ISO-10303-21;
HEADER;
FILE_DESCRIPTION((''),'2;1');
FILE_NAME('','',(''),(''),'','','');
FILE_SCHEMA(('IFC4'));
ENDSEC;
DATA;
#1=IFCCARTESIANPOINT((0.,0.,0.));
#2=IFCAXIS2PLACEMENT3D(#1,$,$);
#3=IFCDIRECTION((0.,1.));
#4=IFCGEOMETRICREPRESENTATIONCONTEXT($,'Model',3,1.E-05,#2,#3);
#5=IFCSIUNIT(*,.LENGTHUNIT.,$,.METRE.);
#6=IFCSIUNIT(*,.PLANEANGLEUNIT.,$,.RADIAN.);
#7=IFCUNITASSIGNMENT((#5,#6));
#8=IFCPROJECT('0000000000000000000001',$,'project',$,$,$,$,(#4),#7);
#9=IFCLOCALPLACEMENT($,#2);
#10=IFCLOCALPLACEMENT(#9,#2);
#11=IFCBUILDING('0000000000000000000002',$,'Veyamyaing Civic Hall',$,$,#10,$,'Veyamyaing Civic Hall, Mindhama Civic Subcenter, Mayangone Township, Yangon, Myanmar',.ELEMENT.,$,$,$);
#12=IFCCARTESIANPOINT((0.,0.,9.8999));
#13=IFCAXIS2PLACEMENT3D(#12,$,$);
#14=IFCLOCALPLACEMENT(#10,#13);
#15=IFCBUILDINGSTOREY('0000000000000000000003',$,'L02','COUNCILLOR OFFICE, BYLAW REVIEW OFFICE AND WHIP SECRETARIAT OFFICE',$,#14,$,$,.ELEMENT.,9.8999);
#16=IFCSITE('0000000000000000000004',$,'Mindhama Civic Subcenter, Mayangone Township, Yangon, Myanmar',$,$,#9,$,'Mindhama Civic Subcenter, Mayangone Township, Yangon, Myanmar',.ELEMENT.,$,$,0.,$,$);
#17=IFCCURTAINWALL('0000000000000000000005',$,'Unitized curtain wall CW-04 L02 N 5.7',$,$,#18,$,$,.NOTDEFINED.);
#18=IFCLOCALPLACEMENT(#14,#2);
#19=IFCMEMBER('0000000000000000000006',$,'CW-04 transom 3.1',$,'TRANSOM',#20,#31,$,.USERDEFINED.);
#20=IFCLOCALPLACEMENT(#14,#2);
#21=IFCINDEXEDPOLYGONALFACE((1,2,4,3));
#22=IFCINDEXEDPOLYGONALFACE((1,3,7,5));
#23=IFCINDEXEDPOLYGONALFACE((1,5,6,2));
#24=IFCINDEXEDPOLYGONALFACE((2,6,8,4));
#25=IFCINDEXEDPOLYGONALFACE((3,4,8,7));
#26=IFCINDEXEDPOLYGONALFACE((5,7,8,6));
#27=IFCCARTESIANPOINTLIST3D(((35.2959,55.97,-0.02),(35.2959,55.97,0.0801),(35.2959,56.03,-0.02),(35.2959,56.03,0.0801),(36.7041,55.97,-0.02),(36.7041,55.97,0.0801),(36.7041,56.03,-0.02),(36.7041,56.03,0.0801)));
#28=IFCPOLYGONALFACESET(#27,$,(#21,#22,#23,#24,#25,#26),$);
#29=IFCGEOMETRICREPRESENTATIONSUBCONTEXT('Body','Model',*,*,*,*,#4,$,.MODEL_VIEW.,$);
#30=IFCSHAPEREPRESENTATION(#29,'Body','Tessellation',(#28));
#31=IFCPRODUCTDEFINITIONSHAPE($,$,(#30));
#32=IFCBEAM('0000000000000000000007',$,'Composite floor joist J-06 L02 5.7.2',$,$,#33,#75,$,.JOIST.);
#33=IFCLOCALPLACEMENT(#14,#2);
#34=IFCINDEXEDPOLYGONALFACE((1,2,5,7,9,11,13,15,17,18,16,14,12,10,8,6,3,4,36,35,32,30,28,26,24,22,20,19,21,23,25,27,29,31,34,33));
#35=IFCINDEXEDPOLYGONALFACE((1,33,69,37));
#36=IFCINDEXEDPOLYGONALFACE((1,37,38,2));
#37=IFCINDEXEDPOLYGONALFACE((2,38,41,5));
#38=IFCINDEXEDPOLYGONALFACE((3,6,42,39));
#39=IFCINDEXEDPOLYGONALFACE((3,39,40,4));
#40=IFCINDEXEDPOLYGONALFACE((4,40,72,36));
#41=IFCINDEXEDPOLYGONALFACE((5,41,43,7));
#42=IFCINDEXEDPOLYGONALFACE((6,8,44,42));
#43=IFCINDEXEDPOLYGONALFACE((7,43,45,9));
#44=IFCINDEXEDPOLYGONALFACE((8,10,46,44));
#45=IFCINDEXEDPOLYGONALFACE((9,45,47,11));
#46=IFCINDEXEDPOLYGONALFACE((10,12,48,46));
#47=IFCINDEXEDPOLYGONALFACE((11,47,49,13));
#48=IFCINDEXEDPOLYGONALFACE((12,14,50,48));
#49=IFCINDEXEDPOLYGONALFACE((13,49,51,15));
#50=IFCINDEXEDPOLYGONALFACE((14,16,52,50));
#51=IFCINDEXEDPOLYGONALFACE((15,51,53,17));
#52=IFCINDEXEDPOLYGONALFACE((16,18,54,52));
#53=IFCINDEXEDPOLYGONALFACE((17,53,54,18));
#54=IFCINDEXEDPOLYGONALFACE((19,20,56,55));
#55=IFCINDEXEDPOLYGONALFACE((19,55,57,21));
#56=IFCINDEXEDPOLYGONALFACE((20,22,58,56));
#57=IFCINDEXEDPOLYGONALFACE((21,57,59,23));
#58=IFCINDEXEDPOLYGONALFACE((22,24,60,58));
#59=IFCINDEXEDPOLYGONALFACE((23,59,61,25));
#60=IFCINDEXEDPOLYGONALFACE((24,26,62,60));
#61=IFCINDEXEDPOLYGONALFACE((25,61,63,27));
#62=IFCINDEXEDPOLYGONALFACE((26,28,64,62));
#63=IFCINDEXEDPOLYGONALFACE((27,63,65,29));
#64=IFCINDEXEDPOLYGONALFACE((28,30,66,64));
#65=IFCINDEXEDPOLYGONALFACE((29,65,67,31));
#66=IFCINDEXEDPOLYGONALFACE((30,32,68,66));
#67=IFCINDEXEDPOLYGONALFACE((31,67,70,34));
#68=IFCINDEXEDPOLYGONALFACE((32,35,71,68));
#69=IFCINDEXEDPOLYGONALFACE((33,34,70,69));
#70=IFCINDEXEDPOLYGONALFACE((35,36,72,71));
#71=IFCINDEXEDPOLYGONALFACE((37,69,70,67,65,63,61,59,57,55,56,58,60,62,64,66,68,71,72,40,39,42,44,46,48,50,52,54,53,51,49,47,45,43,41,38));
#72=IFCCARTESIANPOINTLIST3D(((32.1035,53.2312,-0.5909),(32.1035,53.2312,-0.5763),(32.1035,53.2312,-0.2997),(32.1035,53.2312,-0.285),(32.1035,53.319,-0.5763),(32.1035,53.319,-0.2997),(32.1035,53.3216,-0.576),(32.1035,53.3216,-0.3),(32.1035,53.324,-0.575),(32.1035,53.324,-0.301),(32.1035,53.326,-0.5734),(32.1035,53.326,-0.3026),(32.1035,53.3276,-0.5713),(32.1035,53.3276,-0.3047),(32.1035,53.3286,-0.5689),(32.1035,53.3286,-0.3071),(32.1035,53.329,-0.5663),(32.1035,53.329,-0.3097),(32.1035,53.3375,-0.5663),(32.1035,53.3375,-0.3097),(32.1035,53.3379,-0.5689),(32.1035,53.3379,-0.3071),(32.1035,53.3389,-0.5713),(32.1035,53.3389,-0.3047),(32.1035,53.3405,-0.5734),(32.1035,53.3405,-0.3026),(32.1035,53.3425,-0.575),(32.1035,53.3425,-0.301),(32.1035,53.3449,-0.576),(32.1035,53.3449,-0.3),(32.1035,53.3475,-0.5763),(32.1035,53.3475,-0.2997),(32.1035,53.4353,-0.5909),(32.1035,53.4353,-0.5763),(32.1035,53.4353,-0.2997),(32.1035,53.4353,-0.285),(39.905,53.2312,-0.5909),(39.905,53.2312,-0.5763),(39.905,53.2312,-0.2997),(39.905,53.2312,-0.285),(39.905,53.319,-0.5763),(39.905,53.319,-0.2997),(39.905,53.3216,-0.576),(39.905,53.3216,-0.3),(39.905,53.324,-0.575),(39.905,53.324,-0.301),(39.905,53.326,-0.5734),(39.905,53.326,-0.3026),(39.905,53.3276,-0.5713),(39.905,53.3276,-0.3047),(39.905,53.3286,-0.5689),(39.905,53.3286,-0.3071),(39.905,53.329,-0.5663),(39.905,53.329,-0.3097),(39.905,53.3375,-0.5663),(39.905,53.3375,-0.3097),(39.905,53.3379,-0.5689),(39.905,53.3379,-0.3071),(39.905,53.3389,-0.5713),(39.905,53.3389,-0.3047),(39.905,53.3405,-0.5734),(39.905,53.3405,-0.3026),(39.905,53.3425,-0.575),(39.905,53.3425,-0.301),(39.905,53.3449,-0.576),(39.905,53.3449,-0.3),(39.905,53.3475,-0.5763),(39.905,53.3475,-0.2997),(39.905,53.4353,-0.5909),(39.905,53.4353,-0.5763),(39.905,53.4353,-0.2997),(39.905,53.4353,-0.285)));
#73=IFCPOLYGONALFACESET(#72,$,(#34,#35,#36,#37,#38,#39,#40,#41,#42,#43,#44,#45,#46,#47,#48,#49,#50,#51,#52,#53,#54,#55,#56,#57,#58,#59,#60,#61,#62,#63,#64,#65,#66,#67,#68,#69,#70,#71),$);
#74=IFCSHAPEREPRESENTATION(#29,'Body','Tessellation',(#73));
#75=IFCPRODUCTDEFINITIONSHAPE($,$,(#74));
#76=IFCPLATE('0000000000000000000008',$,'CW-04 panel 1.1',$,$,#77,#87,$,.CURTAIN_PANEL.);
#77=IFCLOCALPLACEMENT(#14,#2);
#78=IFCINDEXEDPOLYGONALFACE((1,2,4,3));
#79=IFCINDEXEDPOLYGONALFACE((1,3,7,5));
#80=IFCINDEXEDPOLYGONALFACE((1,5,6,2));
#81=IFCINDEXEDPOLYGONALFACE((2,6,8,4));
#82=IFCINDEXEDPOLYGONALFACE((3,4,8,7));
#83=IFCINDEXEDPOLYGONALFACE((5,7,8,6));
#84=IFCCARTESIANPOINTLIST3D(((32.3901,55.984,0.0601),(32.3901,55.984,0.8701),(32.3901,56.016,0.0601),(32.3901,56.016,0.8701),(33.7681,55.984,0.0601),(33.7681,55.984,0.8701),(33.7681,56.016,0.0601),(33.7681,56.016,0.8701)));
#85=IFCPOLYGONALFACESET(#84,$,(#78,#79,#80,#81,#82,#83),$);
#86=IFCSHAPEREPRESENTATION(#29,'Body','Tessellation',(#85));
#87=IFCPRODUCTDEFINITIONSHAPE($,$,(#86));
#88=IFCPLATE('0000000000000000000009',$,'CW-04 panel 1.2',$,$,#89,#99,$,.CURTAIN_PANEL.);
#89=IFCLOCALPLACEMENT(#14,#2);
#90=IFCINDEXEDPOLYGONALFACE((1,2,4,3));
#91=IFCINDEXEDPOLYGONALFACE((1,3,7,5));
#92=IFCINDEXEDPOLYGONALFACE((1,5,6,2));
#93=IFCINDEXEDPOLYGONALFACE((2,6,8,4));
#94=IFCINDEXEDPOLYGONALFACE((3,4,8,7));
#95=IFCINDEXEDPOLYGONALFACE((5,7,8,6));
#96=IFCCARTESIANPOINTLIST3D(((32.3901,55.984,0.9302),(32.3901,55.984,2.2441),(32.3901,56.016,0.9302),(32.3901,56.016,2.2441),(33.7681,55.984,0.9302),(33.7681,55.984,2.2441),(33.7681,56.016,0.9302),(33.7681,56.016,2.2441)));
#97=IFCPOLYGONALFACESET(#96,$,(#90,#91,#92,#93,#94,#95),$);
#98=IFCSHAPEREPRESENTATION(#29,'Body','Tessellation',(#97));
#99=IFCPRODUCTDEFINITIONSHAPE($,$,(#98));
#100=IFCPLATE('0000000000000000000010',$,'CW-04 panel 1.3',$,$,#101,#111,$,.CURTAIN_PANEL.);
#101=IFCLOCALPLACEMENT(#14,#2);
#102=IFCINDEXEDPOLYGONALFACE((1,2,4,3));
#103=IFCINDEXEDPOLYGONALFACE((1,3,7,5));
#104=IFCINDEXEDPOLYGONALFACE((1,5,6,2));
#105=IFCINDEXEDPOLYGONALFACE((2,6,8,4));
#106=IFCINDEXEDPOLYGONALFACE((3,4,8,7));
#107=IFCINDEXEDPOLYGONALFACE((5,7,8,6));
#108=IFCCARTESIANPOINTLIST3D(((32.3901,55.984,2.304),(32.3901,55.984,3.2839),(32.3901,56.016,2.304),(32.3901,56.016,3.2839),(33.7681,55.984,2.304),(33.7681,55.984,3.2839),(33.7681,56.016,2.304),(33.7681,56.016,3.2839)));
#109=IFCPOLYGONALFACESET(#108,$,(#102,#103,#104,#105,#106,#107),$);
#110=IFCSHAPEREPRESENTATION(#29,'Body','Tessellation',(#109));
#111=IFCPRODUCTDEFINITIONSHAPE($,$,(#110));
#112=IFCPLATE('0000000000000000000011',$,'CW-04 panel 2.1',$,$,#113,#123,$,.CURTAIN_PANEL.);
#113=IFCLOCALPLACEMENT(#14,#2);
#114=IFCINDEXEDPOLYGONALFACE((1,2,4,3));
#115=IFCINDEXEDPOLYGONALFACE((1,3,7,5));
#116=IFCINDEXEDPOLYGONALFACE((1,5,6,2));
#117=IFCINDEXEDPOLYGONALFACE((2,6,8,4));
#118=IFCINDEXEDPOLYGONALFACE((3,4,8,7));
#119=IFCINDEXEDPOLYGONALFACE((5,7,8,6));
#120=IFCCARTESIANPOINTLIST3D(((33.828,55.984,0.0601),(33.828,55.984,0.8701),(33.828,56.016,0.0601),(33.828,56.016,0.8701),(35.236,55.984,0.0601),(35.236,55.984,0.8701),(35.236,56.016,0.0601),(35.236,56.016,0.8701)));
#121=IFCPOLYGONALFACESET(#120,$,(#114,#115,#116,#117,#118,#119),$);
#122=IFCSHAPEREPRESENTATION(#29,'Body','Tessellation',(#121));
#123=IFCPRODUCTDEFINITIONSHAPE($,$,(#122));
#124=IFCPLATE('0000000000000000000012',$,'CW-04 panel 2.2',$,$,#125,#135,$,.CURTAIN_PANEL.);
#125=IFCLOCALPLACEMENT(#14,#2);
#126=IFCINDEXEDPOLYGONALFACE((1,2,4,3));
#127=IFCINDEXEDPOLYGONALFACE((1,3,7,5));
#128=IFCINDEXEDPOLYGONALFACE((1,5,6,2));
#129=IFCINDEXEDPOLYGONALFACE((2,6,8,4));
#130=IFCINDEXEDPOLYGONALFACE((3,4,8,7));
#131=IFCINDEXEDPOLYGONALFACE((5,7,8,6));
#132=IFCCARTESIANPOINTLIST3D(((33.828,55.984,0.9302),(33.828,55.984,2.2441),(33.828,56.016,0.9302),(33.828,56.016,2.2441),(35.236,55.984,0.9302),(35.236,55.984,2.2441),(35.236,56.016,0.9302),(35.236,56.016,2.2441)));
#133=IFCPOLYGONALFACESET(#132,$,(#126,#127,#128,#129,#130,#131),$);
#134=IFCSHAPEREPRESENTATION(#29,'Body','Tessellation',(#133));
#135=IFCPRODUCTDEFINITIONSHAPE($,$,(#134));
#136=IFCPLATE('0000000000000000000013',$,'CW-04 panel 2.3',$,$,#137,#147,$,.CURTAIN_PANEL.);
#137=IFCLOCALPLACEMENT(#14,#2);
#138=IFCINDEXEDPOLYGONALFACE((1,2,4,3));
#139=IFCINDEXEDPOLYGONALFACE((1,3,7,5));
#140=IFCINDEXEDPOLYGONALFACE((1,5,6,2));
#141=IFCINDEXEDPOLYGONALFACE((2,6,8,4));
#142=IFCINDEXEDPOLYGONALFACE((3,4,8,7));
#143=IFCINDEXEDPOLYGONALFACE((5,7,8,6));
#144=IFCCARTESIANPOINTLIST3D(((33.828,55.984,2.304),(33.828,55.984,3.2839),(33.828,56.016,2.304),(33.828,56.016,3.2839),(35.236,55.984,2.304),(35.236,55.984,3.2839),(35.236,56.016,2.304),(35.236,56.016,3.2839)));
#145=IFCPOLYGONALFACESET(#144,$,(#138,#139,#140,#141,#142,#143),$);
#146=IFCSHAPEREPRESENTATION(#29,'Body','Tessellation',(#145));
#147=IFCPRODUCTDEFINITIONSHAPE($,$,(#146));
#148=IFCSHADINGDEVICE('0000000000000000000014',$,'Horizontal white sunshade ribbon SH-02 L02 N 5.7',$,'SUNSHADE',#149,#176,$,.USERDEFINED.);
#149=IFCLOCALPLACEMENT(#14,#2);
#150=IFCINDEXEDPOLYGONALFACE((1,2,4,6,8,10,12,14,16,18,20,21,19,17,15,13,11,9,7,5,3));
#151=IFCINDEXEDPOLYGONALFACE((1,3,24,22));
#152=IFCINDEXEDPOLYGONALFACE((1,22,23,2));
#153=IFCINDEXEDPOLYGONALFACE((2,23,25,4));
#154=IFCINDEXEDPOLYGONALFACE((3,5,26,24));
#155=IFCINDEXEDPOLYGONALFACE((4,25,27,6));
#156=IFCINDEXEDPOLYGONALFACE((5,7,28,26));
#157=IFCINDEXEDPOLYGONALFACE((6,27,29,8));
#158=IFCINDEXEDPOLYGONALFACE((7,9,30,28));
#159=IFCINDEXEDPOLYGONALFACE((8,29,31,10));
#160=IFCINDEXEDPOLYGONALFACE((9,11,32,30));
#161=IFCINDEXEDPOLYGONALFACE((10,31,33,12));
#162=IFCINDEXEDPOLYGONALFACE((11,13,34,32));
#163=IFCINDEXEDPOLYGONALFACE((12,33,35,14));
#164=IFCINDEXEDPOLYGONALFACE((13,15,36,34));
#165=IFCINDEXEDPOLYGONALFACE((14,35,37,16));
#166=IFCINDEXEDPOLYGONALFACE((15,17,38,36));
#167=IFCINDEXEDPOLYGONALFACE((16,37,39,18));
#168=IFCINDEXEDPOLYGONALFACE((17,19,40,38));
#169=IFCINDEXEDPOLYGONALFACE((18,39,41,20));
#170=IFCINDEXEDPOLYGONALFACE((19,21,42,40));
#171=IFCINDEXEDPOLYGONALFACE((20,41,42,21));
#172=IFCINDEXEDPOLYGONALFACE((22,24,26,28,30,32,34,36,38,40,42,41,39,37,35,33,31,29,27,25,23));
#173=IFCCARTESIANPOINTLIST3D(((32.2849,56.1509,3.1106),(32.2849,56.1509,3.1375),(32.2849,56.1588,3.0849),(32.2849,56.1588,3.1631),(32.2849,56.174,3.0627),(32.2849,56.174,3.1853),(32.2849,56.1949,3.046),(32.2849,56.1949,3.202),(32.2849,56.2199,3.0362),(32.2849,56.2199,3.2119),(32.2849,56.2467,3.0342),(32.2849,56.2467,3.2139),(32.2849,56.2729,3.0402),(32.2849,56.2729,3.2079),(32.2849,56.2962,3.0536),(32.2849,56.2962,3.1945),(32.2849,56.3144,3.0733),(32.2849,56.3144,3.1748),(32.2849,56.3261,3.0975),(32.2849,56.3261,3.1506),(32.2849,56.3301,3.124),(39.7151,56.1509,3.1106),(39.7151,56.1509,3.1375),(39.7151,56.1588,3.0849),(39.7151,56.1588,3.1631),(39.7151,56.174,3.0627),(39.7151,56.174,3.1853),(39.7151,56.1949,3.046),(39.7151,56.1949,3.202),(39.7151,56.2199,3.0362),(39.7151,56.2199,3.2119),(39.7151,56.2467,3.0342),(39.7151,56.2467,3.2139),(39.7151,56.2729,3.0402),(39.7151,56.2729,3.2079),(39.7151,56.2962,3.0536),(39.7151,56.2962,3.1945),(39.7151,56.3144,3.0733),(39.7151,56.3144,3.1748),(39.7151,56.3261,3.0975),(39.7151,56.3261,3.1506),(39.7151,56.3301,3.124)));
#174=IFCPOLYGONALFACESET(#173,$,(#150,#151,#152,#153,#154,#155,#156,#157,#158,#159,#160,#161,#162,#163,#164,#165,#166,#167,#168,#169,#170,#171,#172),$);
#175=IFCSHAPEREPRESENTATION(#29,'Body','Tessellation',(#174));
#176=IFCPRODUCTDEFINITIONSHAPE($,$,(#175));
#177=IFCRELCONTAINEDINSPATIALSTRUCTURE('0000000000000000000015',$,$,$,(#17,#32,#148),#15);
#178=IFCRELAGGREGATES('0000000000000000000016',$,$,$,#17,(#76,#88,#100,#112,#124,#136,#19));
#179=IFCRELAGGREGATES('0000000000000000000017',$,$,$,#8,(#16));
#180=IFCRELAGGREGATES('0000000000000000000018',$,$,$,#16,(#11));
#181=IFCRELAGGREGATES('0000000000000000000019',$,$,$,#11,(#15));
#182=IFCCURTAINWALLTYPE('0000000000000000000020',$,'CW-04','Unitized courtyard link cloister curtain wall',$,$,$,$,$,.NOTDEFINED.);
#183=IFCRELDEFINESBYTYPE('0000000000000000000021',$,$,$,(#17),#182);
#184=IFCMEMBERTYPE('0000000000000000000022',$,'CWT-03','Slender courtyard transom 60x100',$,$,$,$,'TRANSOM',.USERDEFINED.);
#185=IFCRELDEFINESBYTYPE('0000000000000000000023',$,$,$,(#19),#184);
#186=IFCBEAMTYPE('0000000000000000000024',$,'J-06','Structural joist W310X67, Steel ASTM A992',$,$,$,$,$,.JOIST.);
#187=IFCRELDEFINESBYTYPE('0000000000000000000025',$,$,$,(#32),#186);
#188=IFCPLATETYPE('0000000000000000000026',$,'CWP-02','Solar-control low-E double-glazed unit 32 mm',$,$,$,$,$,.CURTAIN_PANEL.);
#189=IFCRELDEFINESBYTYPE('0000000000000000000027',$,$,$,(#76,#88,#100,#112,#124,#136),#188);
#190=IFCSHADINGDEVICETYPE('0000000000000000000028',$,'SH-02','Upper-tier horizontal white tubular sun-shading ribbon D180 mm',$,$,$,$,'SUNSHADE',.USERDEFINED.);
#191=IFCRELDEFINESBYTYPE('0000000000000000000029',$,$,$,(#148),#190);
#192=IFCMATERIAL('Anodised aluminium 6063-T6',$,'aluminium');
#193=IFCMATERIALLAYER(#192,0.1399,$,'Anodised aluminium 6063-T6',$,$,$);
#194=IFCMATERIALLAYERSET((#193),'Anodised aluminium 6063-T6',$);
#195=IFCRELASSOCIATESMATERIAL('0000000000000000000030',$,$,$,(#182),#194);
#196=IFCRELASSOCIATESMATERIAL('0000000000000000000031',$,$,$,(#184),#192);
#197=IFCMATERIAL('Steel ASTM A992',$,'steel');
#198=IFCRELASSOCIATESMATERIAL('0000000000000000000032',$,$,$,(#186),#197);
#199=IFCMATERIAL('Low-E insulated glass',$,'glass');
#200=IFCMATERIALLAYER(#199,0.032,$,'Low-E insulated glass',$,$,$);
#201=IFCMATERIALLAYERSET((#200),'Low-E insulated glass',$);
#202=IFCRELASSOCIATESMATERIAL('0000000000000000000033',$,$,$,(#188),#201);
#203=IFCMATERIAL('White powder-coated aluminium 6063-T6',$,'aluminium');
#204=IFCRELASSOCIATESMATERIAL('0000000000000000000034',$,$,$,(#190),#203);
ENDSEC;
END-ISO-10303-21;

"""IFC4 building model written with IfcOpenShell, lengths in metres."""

from ifc_helpers import new_model, si_unit, direction, frame, origin, origin_2d, place, context, subcontext, project, spatial, rectangle, circle, i_section, extrude, material, layer, layer_set, material_profile, profile_set, type_object, element, aggregate, save


model = new_model("IFC4")

# Units and contexts
model_context = context("Model", 3, precision=1e-05, world=origin(), true_north=direction((0.0, 1.0)))
body_context = subcontext(model_context, "Body", "Model", "MODEL_VIEW")
ifc_project = project(units=[si_unit("LENGTHUNIT", "METRE"), si_unit("PLANEANGLEUNIT", "RADIAN")], contexts=[model_context])

# Site, building, storey
site_placement = place(None, origin())
site = spatial("IfcSite", under=ifc_project, at=site_placement, Name="Mindhama Civic Subcenter, Mayangone Township, Yangon, Myanmar", LongName="Mindhama Civic Subcenter, Mayangone Township, Yangon, Myanmar", CompositionType="ELEMENT", RefElevation=0.0)
building_placement = place(site_placement, origin())
building = spatial("IfcBuilding", under=site, at=building_placement, Name="Veyamyaing Civic Hall", LongName="Veyamyaing Civic Hall, Mindhama Civic Subcenter, Mayangone Township, Yangon, Myanmar", CompositionType="ELEMENT")
storey_placement = place(building_placement, frame((0.0, 0.0, 9.8999)))
storey = spatial("IfcBuildingStorey", under=building, at=storey_placement, Name="L02", Description="COUNCILLOR OFFICE, BYLAW REVIEW OFFICE AND WHIP SECRETARIAT OFFICE", CompositionType="ELEMENT", Elevation=9.8999)

# Shared definitions
ifc_material_1 = material(Name="Steel ASTM A992", Category="steel")

# Curtain wall, member
ifc_material_2 = material(Name="Anodised aluminium 6063-T6", Category="aluminium")
ifc_layer_1 = layer(ifc_material_2, 0.1399, Name="Anodised aluminium 6063-T6")
ifc_layer_set_1 = layer_set([ifc_layer_1], Name="Anodised aluminium 6063-T6")
curtain_wall_type = type_object("IfcCurtainWallType", Name="CW-04", Description="Unitized courtyard link cloister curtain wall", PredefinedType="NOTDEFINED", material=ifc_layer_set_1)
curtain_wall_placement = place(storey_placement, origin())
curtain_wall = element("IfcCurtainWall", 1, at=curtain_wall_placement, inside=storey, type_object=curtain_wall_type, Name="Unitized curtain wall CW-04 L02 N 5.7", PredefinedType="NOTDEFINED")
ifc_material_profile_1 = material_profile(ifc_material_2, rectangle(XDim=0.0601, YDim=0.1001, at=origin_2d()), Name="ALU-TRN-60X100")
ifc_profile_set_1 = profile_set([ifc_material_profile_1], Name="Anodised aluminium 6063-T6")
member_type_1 = type_object("IfcMemberType", Name="CWT-03", Description="Slender courtyard transom 60x100", ElementType="TRANSOM", PredefinedType="USERDEFINED", material=ifc_profile_set_1)
member_1_placement = place(storey_placement, frame((35.2959, 56.0, 0.03), z_axis=(1.0, 0.0, 0.0), x_axis=(0.0, 1.0, 0.0)))
member_1 = element("IfcMember", 2, at=member_1_placement, type_object=member_type_1, Name="CW-04 transom 3.1", ObjectType="TRANSOM", PredefinedType="USERDEFINED", context=body_context, shape_type="SweptSolid", body=[
    extrude(rectangle(XDim=0.0601, YDim=0.1001, at=origin_2d()), origin(), (0.0, 0.0, 1.0), 1.4082),
])

# Beam
ifc_material_profile_2 = material_profile(ifc_material_1, i_section(OverallWidth=0.2041, OverallDepth=0.3059, WebThickness=0.0085, FlangeThickness=0.0146, FilletRadius=0.01, at=origin_2d()), Name="W310X67")
ifc_profile_set_2 = profile_set([ifc_material_profile_2], Name="Steel ASTM A992")
beam_type_1 = type_object("IfcBeamType", Name="J-06", Description="Structural joist W310X67, Steel ASTM A992", PredefinedType="JOIST", material=ifc_profile_set_2)
beam_1_placement = place(storey_placement, frame((32.1035, 53.3333, -0.438), z_axis=(1.0, 0.0, 0.0), x_axis=(0.0, 1.0, 0.0)))
element("IfcBeam", 3, at=beam_1_placement, inside=storey, type_object=beam_type_1, Name="Composite floor joist J-06 L02 5.7.2", PredefinedType="JOIST", context=body_context, shape_type="SweptSolid", body=[
    extrude(i_section(OverallWidth=0.2041, OverallDepth=0.3059, WebThickness=0.0085, FlangeThickness=0.0146, FilletRadius=0.01, at=origin_2d()), origin(), (0.0, 0.0, 1.0), 7.8015),
])

# Plates
ifc_material_3 = material(Name="Low-E insulated glass", Category="glass")
ifc_layer_2 = layer(ifc_material_3, 0.032, Name="Low-E insulated glass")
ifc_layer_set_2 = layer_set([ifc_layer_2], Name="Low-E insulated glass")
plate_type = type_object("IfcPlateType", Name="CWP-02", Description="Solar-control low-E double-glazed unit 32 mm", PredefinedType="CURTAIN_PANEL", material=ifc_layer_set_2)
plate_1_placement = place(storey_placement, frame((33.0791, 56.0, 0.0601), z_axis=(0.0, 0.0, 1.0), x_axis=(1.0, 0.0, 0.0)))
plate_1 = element("IfcPlate", 4, at=plate_1_placement, type_object=plate_type, Name="CW-04 panel 1.1", PredefinedType="CURTAIN_PANEL", context=body_context, shape_type="SweptSolid", body=[
    extrude(rectangle(XDim=1.3779, YDim=0.032, at=origin_2d()), origin(), (0.0, 0.0, 1.0), 0.8101),
])
plate_2_placement = place(storey_placement, frame((33.0791, 56.0, 0.9302), z_axis=(0.0, 0.0, 1.0), x_axis=(1.0, 0.0, 0.0)))
plate_2 = element("IfcPlate", 5, at=plate_2_placement, type_object=plate_type, Name="CW-04 panel 1.2", PredefinedType="CURTAIN_PANEL", context=body_context, shape_type="SweptSolid", body=[
    extrude(rectangle(XDim=1.3779, YDim=0.032, at=origin_2d()), origin(), (0.0, 0.0, 1.0), 1.314),
])
plate_3_placement = place(storey_placement, frame((33.0791, 56.0, 2.304), z_axis=(0.0, 0.0, 1.0), x_axis=(1.0, 0.0, 0.0)))
plate_3 = element("IfcPlate", 6, at=plate_3_placement, type_object=plate_type, Name="CW-04 panel 1.3", PredefinedType="CURTAIN_PANEL", context=body_context, shape_type="SweptSolid", body=[
    extrude(rectangle(XDim=1.3779, YDim=0.032, at=origin_2d()), origin(), (0.0, 0.0, 1.0), 0.98),
])
plate_4_placement = place(storey_placement, frame((34.532, 56.0, 0.0601), z_axis=(0.0, 0.0, 1.0), x_axis=(1.0, 0.0, 0.0)))
plate_4 = element("IfcPlate", 7, at=plate_4_placement, type_object=plate_type, Name="CW-04 panel 2.1", PredefinedType="CURTAIN_PANEL", context=body_context, shape_type="SweptSolid", body=[
    extrude(rectangle(XDim=1.408, YDim=0.032, at=origin_2d()), origin(), (0.0, 0.0, 1.0), 0.8101),
])
plate_5_placement = place(storey_placement, frame((34.532, 56.0, 0.9302), z_axis=(0.0, 0.0, 1.0), x_axis=(1.0, 0.0, 0.0)))
plate_5 = element("IfcPlate", 8, at=plate_5_placement, type_object=plate_type, Name="CW-04 panel 2.2", PredefinedType="CURTAIN_PANEL", context=body_context, shape_type="SweptSolid", body=[
    extrude(rectangle(XDim=1.408, YDim=0.032, at=origin_2d()), origin(), (0.0, 0.0, 1.0), 1.314),
])
plate_6_placement = place(storey_placement, frame((34.532, 56.0, 2.304), z_axis=(0.0, 0.0, 1.0), x_axis=(1.0, 0.0, 0.0)))
plate_6 = element("IfcPlate", 9, at=plate_6_placement, type_object=plate_type, Name="CW-04 panel 2.3", PredefinedType="CURTAIN_PANEL", context=body_context, shape_type="SweptSolid", body=[
    extrude(rectangle(XDim=1.408, YDim=0.032, at=origin_2d()), origin(), (0.0, 0.0, 1.0), 0.98),
])
aggregate(curtain_wall, [plate_1, plate_2, plate_3, plate_4, plate_5, plate_6, member_1])

# Shading device
ifc_material_4 = material(Name="White powder-coated aluminium 6063-T6", Category="aluminium")
ifc_material_profile_3 = material_profile(ifc_material_4, circle(Radius=0.0901, at=origin_2d()), Name="SHADE-TUBE-180")
ifc_profile_set_3 = profile_set([ifc_material_profile_3], Name="White powder-coated aluminium 6063-T6")
shading_device_type = type_object("IfcShadingDeviceType", Name="SH-02", Description="Upper-tier horizontal white tubular sun-shading ribbon D180 mm", ElementType="SUNSHADE", PredefinedType="USERDEFINED", material=ifc_profile_set_3)
shading_device_placement = place(storey_placement, frame((32.2849, 56.24, 3.124), z_axis=(1.0, 0.0, 0.0), x_axis=(0.0, 1.0, 0.0)))
element("IfcShadingDevice", 10, at=shading_device_placement, inside=storey, type_object=shading_device_type, Name="Horizontal white sunshade ribbon SH-02 L02 N 5.7", ObjectType="SUNSHADE", PredefinedType="USERDEFINED", context=body_context, shape_type="SweptSolid", body=[
    extrude(circle(Radius=0.0901, at=origin_2d()), origin(), (0.0, 0.0, 1.0), 7.4302),
])

save(model, "model.ifc")
